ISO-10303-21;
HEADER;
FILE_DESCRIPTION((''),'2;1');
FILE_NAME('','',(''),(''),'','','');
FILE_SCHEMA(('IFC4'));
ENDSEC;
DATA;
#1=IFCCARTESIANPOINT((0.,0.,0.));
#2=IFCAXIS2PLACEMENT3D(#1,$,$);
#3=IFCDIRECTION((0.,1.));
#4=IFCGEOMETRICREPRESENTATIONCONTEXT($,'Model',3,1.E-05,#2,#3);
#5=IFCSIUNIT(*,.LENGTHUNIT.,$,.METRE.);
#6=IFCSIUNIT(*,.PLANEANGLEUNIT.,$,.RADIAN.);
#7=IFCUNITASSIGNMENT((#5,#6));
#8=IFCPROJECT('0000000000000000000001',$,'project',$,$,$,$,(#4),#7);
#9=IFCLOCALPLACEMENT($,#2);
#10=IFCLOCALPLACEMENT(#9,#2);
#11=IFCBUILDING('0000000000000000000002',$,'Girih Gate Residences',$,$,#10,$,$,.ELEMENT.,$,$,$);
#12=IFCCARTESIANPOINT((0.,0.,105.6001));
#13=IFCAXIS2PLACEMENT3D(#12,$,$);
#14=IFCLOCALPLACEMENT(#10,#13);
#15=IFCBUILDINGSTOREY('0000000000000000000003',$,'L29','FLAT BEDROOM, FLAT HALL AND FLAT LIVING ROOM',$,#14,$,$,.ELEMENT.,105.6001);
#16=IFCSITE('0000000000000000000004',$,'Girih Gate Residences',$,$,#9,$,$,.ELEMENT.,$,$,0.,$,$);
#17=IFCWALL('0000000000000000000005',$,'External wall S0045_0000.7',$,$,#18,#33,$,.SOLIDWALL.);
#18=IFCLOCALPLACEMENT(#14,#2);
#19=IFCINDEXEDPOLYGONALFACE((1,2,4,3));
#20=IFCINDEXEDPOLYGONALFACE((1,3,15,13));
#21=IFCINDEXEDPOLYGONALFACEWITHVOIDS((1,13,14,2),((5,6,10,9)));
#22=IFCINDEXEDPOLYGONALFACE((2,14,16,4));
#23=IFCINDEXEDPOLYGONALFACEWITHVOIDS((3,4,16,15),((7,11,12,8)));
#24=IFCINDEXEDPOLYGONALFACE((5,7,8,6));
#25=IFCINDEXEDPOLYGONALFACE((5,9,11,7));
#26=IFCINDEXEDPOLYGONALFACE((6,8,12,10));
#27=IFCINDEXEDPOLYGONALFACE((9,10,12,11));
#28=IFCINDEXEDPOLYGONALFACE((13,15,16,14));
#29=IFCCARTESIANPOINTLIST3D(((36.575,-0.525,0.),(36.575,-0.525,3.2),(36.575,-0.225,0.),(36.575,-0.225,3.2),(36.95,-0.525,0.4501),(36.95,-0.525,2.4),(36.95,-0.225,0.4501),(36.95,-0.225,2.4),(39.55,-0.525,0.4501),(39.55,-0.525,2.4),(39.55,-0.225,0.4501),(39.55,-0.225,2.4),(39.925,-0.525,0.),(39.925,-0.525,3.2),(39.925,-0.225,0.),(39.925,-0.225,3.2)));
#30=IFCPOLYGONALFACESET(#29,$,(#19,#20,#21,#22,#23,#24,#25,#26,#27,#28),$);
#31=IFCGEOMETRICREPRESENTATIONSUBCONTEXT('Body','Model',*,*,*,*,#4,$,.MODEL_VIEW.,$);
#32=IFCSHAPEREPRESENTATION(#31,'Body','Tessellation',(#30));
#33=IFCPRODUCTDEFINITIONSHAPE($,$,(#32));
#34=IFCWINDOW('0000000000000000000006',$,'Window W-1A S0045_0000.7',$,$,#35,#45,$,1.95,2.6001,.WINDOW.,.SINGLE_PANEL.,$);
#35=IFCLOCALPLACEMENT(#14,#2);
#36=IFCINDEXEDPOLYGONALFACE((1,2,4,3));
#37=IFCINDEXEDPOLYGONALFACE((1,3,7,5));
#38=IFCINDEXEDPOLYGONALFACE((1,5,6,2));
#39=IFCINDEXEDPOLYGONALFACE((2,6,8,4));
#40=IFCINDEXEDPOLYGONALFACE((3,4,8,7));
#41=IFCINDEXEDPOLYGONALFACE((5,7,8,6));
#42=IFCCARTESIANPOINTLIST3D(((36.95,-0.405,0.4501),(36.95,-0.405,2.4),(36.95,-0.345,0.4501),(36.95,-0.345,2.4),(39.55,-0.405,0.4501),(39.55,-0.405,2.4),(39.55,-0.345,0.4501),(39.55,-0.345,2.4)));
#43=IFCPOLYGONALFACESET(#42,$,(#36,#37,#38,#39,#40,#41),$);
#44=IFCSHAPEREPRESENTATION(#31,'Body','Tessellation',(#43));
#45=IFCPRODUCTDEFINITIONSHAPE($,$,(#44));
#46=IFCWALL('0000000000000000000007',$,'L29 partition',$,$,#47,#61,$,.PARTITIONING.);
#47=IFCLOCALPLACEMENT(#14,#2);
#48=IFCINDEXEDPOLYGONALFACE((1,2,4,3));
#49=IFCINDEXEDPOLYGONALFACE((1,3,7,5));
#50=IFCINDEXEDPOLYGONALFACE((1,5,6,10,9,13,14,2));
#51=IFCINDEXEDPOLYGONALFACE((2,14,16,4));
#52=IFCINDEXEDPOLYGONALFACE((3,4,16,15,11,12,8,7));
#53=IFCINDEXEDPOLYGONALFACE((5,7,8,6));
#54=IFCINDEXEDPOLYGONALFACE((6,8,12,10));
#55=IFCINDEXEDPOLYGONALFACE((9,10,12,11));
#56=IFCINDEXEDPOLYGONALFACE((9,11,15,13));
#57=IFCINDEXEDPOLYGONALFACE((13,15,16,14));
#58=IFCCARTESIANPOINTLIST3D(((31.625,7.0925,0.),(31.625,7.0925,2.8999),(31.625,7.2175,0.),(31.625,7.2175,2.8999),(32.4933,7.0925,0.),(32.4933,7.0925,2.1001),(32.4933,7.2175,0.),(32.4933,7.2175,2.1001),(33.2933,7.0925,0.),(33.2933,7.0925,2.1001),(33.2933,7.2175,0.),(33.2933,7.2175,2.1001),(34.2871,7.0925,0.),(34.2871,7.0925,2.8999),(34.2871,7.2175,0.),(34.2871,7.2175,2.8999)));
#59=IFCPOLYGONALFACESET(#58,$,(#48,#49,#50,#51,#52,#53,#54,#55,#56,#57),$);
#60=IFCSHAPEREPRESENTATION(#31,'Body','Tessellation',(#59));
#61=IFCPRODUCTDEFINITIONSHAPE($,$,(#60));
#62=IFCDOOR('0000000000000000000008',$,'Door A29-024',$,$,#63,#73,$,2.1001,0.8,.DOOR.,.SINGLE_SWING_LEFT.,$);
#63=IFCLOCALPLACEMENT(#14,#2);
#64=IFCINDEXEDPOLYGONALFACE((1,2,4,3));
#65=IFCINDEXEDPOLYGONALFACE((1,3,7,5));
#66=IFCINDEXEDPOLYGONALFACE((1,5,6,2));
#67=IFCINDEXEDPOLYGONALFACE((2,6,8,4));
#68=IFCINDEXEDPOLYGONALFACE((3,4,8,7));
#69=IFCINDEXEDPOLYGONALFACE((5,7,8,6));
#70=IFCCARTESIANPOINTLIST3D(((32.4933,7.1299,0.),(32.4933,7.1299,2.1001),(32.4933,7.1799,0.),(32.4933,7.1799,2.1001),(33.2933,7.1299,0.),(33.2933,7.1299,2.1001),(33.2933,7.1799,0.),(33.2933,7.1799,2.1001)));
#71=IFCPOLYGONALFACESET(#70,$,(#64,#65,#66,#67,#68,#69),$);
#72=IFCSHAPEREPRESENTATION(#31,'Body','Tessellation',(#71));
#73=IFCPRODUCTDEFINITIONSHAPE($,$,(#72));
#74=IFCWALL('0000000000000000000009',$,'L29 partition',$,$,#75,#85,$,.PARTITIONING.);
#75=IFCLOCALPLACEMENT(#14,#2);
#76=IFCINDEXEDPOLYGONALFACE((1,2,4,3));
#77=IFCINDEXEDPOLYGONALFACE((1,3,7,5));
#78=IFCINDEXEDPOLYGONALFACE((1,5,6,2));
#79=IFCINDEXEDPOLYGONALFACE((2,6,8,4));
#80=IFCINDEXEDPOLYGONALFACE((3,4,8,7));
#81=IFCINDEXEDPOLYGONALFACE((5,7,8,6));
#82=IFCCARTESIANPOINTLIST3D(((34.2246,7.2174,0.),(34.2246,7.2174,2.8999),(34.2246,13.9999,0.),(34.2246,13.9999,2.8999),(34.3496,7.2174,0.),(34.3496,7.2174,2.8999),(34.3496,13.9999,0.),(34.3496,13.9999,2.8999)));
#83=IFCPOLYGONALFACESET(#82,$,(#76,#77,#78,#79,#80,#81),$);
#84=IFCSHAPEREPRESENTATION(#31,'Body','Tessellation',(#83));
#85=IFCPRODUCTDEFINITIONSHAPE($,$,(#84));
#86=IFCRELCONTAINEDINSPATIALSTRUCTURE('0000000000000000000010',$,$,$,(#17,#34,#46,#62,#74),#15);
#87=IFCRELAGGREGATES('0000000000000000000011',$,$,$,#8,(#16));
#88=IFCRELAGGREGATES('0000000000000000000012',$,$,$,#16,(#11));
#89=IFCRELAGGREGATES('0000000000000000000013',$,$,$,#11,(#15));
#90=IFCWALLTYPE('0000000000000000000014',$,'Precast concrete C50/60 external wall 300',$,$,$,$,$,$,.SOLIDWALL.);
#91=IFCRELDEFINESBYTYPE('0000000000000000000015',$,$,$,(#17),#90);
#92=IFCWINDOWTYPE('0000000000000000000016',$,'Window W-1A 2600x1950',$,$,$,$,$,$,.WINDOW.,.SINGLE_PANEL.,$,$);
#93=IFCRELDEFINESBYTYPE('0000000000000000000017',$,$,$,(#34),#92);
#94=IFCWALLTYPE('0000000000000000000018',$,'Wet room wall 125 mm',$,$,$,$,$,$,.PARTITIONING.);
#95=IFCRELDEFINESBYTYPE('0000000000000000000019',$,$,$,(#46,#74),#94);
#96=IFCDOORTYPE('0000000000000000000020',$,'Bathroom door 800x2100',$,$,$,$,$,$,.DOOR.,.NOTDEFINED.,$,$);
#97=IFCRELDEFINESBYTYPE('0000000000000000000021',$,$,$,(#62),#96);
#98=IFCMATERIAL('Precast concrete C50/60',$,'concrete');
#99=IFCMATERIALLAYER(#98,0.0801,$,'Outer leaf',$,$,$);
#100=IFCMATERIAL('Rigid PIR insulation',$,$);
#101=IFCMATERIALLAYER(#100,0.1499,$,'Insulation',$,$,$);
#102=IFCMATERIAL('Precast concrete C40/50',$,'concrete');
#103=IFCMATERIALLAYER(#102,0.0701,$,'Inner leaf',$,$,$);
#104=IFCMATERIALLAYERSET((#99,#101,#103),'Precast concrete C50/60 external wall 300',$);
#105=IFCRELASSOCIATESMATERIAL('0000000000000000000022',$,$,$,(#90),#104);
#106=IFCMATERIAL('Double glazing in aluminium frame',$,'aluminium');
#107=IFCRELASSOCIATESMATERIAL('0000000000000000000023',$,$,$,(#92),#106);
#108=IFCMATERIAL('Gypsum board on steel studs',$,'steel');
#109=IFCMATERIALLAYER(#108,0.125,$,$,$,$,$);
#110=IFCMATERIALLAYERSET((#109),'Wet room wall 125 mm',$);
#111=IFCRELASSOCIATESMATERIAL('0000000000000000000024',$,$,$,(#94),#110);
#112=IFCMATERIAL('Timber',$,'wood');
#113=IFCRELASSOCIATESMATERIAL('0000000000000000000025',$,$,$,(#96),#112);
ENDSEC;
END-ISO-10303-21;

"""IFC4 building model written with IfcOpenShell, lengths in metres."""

from ifc_helpers import new_model, si_unit, direction, frame, frame_2d, origin, place, context, subcontext, project, spatial, rectangle, extrude, material, layer, layer_set, type_object, element, fill, save


model = new_model("IFC4")

# Units and contexts
model_context = context("Model", 3, precision=1e-05, world=origin(), true_north=direction((0.0, 1.0)))
body_context = subcontext(model_context, "Body", "Model", "MODEL_VIEW")
ifc_project = project(units=[si_unit("LENGTHUNIT", "METRE"), si_unit("PLANEANGLEUNIT", "RADIAN")], contexts=[model_context])

# Site, building, storey
site_placement = place(None, origin())
site = spatial("IfcSite", under=ifc_project, at=site_placement, Name="Girih Gate Residences", CompositionType="ELEMENT", RefElevation=0.0)
building_placement = place(site_placement, origin())
building = spatial("IfcBuilding", under=site, at=building_placement, Name="Girih Gate Residences", CompositionType="ELEMENT")
storey_placement = place(building_placement, frame((0.0, 0.0, 105.6001)))
storey = spatial("IfcBuildingStorey", under=building, at=storey_placement, Name="L29", Description="FLAT BEDROOM, FLAT HALL AND FLAT LIVING ROOM", CompositionType="ELEMENT", Elevation=105.6001)

# Shared definitions
ifc_material_1 = material(Name="Gypsum board on steel studs", Category="steel")

# Shared definitions
ifc_material_2 = material(Name="Timber", Category="wood")

# Wall, opening, window
ifc_material_3 = material(Name="Precast concrete C50/60", Category="concrete")
ifc_layer_1 = layer(ifc_material_3, 0.0801, Name="Outer leaf")
ifc_material_4 = material(Name="Rigid PIR insulation")
ifc_layer_2 = layer(ifc_material_4, 0.1499, Name="Insulation")
ifc_material_5 = material(Name="Precast concrete C40/50", Category="concrete")
ifc_layer_3 = layer(ifc_material_5, 0.0701, Name="Inner leaf")
ifc_layer_set_1 = layer_set([ifc_layer_1, ifc_layer_2, ifc_layer_3], Name="Precast concrete C50/60 external wall 300")
wall_type_1 = type_object("IfcWallType", Name="Precast concrete C50/60 external wall 300", PredefinedType="SOLIDWALL", material=ifc_layer_set_1)
ifc_material_6 = material(Name="Double glazing in aluminium frame", Category="aluminium")
window_type = type_object("IfcWindowType", Name="Window W-1A 2600x1950", PartitioningType="SINGLE_PANEL", PredefinedType="WINDOW", material=ifc_material_6)
wall_1_placement = place(storey_placement, frame((39.925, -0.375, 0.0), z_axis=(0.0, 0.0, 1.0), x_axis=(-1.0, 0.0, 0.0)))
wall_1 = element("IfcWall", 1, at=wall_1_placement, inside=storey, type_object=wall_type_1, Name="External wall S0045_0000.7", PredefinedType="SOLIDWALL", context=body_context, shape_type="SweptSolid", body=[
    extrude(rectangle(XDim=3.3501, YDim=0.3, at=frame_2d((1.675, 0.0))), origin(), (0.0, 0.0, 1.0), 3.2),
])
opening_1_placement = place(wall_1_placement, frame((0.375, 0.0, 0.45)))
opening_1 = element("IfcOpeningElement", 2, at=opening_1_placement, cuts=wall_1, PredefinedType="OPENING", context=body_context, shape_type="SweptSolid", body=[
    extrude(rectangle(XDim=2.6001, YDim=1.95, at=frame_2d((1.3, 0.9751))), frame((0.0, 0.1599, 0.0), z_axis=(0.0, -1.0, 0.0), x_axis=(1.0, 0.0, 0.0)), (0.0, 0.0, 1.0), 0.3201),
])
window_1_placement = place(opening_1_placement, origin())
window_1 = element("IfcWindow", 3, at=window_1_placement, inside=storey, type_object=window_type, Name="Window W-1A S0045_0000.7", OverallHeight=1.95, OverallWidth=2.6001, PartitioningType="SINGLE_PANEL", PredefinedType="WINDOW", context=body_context, shape_type="SweptSolid", body=[
    extrude(rectangle(XDim=2.6001, YDim=1.95, at=frame_2d((1.3, 0.9751))), frame((0.0, 0.03, 0.0), z_axis=(0.0, -1.0, 0.0), x_axis=(1.0, 0.0, 0.0)), (0.0, 0.0, 1.0), 0.0601),
])
fill(opening_1, window_1)

# Wall, opening, door
ifc_layer_4 = layer(ifc_material_1, 0.125)
ifc_layer_set_2 = layer_set([ifc_layer_4], Name="Wet room wall 125 mm")
wall_type_2 = type_object("IfcWallType", Name="Wet room wall 125 mm", PredefinedType="PARTITIONING", material=ifc_layer_set_2)
wall_2_placement = place(storey_placement, frame((31.625, 7.155, 0.0), z_axis=(0.0, 0.0, 1.0), x_axis=(1.0, 0.0, 0.0)))
wall_2 = element("IfcWall", 4, at=wall_2_placement, inside=storey, type_object=wall_type_2, Name="L29 partition", PredefinedType="PARTITIONING", context=body_context, shape_type="SweptSolid", body=[
    extrude(rectangle(XDim=2.6621, YDim=0.125, at=frame_2d((1.3311, 0.0))), origin(), (0.0, 0.0, 1.0), 2.8999),
])
opening_2_placement = place(wall_2_placement, frame((0.8684, 0.0, 0.0)))
opening_2 = element("IfcOpeningElement", 5, at=opening_2_placement, cuts=wall_2, PredefinedType="OPENING", context=body_context, shape_type="SweptSolid", body=[
    extrude(rectangle(XDim=0.8, YDim=2.1001, at=frame_2d((0.3999, 1.05))), frame((0.0, 0.0725, 0.0), z_axis=(0.0, -1.0, 0.0), x_axis=(1.0, 0.0, 0.0)), (0.0, 0.0, 1.0), 0.145),
])
door_type_1 = type_object("IfcDoorType", Name="Bathroom door 800x2100", OperationType="NOTDEFINED", PredefinedType="DOOR", material=ifc_material_2)
door_1_placement = place(opening_2_placement, origin())
door_1 = element("IfcDoor", 6, at=door_1_placement, inside=storey, type_object=door_type_1, Name="Door A29-024", OperationType="SINGLE_SWING_LEFT", OverallHeight=2.1001, OverallWidth=0.8, PredefinedType="DOOR", context=body_context, shape_type="SweptSolid", body=[
    extrude(rectangle(XDim=0.8, YDim=2.1001, at=frame_2d((0.3999, 1.05))), frame((0.0, 0.0249, 0.0), z_axis=(0.0, -1.0, 0.0), x_axis=(1.0, 0.0, 0.0)), (0.0, 0.0, 1.0), 0.05),
])
fill(opening_2, door_1)

# Wall
wall_3_placement = place(storey_placement, frame((34.2871, 7.2175, 0.0), z_axis=(0.0, 0.0, 1.0), x_axis=(0.0, 1.0, 0.0)))
element("IfcWall", 7, at=wall_3_placement, inside=storey, type_object=wall_type_2, Name="L29 partition", PredefinedType="PARTITIONING", context=body_context, shape_type="SweptSolid", body=[
    extrude(rectangle(XDim=6.7825, YDim=0.125, at=frame_2d((3.3911, 0.0))), origin(), (0.0, 0.0, 1.0), 2.8999),
])

save(model, "model.ifc")
